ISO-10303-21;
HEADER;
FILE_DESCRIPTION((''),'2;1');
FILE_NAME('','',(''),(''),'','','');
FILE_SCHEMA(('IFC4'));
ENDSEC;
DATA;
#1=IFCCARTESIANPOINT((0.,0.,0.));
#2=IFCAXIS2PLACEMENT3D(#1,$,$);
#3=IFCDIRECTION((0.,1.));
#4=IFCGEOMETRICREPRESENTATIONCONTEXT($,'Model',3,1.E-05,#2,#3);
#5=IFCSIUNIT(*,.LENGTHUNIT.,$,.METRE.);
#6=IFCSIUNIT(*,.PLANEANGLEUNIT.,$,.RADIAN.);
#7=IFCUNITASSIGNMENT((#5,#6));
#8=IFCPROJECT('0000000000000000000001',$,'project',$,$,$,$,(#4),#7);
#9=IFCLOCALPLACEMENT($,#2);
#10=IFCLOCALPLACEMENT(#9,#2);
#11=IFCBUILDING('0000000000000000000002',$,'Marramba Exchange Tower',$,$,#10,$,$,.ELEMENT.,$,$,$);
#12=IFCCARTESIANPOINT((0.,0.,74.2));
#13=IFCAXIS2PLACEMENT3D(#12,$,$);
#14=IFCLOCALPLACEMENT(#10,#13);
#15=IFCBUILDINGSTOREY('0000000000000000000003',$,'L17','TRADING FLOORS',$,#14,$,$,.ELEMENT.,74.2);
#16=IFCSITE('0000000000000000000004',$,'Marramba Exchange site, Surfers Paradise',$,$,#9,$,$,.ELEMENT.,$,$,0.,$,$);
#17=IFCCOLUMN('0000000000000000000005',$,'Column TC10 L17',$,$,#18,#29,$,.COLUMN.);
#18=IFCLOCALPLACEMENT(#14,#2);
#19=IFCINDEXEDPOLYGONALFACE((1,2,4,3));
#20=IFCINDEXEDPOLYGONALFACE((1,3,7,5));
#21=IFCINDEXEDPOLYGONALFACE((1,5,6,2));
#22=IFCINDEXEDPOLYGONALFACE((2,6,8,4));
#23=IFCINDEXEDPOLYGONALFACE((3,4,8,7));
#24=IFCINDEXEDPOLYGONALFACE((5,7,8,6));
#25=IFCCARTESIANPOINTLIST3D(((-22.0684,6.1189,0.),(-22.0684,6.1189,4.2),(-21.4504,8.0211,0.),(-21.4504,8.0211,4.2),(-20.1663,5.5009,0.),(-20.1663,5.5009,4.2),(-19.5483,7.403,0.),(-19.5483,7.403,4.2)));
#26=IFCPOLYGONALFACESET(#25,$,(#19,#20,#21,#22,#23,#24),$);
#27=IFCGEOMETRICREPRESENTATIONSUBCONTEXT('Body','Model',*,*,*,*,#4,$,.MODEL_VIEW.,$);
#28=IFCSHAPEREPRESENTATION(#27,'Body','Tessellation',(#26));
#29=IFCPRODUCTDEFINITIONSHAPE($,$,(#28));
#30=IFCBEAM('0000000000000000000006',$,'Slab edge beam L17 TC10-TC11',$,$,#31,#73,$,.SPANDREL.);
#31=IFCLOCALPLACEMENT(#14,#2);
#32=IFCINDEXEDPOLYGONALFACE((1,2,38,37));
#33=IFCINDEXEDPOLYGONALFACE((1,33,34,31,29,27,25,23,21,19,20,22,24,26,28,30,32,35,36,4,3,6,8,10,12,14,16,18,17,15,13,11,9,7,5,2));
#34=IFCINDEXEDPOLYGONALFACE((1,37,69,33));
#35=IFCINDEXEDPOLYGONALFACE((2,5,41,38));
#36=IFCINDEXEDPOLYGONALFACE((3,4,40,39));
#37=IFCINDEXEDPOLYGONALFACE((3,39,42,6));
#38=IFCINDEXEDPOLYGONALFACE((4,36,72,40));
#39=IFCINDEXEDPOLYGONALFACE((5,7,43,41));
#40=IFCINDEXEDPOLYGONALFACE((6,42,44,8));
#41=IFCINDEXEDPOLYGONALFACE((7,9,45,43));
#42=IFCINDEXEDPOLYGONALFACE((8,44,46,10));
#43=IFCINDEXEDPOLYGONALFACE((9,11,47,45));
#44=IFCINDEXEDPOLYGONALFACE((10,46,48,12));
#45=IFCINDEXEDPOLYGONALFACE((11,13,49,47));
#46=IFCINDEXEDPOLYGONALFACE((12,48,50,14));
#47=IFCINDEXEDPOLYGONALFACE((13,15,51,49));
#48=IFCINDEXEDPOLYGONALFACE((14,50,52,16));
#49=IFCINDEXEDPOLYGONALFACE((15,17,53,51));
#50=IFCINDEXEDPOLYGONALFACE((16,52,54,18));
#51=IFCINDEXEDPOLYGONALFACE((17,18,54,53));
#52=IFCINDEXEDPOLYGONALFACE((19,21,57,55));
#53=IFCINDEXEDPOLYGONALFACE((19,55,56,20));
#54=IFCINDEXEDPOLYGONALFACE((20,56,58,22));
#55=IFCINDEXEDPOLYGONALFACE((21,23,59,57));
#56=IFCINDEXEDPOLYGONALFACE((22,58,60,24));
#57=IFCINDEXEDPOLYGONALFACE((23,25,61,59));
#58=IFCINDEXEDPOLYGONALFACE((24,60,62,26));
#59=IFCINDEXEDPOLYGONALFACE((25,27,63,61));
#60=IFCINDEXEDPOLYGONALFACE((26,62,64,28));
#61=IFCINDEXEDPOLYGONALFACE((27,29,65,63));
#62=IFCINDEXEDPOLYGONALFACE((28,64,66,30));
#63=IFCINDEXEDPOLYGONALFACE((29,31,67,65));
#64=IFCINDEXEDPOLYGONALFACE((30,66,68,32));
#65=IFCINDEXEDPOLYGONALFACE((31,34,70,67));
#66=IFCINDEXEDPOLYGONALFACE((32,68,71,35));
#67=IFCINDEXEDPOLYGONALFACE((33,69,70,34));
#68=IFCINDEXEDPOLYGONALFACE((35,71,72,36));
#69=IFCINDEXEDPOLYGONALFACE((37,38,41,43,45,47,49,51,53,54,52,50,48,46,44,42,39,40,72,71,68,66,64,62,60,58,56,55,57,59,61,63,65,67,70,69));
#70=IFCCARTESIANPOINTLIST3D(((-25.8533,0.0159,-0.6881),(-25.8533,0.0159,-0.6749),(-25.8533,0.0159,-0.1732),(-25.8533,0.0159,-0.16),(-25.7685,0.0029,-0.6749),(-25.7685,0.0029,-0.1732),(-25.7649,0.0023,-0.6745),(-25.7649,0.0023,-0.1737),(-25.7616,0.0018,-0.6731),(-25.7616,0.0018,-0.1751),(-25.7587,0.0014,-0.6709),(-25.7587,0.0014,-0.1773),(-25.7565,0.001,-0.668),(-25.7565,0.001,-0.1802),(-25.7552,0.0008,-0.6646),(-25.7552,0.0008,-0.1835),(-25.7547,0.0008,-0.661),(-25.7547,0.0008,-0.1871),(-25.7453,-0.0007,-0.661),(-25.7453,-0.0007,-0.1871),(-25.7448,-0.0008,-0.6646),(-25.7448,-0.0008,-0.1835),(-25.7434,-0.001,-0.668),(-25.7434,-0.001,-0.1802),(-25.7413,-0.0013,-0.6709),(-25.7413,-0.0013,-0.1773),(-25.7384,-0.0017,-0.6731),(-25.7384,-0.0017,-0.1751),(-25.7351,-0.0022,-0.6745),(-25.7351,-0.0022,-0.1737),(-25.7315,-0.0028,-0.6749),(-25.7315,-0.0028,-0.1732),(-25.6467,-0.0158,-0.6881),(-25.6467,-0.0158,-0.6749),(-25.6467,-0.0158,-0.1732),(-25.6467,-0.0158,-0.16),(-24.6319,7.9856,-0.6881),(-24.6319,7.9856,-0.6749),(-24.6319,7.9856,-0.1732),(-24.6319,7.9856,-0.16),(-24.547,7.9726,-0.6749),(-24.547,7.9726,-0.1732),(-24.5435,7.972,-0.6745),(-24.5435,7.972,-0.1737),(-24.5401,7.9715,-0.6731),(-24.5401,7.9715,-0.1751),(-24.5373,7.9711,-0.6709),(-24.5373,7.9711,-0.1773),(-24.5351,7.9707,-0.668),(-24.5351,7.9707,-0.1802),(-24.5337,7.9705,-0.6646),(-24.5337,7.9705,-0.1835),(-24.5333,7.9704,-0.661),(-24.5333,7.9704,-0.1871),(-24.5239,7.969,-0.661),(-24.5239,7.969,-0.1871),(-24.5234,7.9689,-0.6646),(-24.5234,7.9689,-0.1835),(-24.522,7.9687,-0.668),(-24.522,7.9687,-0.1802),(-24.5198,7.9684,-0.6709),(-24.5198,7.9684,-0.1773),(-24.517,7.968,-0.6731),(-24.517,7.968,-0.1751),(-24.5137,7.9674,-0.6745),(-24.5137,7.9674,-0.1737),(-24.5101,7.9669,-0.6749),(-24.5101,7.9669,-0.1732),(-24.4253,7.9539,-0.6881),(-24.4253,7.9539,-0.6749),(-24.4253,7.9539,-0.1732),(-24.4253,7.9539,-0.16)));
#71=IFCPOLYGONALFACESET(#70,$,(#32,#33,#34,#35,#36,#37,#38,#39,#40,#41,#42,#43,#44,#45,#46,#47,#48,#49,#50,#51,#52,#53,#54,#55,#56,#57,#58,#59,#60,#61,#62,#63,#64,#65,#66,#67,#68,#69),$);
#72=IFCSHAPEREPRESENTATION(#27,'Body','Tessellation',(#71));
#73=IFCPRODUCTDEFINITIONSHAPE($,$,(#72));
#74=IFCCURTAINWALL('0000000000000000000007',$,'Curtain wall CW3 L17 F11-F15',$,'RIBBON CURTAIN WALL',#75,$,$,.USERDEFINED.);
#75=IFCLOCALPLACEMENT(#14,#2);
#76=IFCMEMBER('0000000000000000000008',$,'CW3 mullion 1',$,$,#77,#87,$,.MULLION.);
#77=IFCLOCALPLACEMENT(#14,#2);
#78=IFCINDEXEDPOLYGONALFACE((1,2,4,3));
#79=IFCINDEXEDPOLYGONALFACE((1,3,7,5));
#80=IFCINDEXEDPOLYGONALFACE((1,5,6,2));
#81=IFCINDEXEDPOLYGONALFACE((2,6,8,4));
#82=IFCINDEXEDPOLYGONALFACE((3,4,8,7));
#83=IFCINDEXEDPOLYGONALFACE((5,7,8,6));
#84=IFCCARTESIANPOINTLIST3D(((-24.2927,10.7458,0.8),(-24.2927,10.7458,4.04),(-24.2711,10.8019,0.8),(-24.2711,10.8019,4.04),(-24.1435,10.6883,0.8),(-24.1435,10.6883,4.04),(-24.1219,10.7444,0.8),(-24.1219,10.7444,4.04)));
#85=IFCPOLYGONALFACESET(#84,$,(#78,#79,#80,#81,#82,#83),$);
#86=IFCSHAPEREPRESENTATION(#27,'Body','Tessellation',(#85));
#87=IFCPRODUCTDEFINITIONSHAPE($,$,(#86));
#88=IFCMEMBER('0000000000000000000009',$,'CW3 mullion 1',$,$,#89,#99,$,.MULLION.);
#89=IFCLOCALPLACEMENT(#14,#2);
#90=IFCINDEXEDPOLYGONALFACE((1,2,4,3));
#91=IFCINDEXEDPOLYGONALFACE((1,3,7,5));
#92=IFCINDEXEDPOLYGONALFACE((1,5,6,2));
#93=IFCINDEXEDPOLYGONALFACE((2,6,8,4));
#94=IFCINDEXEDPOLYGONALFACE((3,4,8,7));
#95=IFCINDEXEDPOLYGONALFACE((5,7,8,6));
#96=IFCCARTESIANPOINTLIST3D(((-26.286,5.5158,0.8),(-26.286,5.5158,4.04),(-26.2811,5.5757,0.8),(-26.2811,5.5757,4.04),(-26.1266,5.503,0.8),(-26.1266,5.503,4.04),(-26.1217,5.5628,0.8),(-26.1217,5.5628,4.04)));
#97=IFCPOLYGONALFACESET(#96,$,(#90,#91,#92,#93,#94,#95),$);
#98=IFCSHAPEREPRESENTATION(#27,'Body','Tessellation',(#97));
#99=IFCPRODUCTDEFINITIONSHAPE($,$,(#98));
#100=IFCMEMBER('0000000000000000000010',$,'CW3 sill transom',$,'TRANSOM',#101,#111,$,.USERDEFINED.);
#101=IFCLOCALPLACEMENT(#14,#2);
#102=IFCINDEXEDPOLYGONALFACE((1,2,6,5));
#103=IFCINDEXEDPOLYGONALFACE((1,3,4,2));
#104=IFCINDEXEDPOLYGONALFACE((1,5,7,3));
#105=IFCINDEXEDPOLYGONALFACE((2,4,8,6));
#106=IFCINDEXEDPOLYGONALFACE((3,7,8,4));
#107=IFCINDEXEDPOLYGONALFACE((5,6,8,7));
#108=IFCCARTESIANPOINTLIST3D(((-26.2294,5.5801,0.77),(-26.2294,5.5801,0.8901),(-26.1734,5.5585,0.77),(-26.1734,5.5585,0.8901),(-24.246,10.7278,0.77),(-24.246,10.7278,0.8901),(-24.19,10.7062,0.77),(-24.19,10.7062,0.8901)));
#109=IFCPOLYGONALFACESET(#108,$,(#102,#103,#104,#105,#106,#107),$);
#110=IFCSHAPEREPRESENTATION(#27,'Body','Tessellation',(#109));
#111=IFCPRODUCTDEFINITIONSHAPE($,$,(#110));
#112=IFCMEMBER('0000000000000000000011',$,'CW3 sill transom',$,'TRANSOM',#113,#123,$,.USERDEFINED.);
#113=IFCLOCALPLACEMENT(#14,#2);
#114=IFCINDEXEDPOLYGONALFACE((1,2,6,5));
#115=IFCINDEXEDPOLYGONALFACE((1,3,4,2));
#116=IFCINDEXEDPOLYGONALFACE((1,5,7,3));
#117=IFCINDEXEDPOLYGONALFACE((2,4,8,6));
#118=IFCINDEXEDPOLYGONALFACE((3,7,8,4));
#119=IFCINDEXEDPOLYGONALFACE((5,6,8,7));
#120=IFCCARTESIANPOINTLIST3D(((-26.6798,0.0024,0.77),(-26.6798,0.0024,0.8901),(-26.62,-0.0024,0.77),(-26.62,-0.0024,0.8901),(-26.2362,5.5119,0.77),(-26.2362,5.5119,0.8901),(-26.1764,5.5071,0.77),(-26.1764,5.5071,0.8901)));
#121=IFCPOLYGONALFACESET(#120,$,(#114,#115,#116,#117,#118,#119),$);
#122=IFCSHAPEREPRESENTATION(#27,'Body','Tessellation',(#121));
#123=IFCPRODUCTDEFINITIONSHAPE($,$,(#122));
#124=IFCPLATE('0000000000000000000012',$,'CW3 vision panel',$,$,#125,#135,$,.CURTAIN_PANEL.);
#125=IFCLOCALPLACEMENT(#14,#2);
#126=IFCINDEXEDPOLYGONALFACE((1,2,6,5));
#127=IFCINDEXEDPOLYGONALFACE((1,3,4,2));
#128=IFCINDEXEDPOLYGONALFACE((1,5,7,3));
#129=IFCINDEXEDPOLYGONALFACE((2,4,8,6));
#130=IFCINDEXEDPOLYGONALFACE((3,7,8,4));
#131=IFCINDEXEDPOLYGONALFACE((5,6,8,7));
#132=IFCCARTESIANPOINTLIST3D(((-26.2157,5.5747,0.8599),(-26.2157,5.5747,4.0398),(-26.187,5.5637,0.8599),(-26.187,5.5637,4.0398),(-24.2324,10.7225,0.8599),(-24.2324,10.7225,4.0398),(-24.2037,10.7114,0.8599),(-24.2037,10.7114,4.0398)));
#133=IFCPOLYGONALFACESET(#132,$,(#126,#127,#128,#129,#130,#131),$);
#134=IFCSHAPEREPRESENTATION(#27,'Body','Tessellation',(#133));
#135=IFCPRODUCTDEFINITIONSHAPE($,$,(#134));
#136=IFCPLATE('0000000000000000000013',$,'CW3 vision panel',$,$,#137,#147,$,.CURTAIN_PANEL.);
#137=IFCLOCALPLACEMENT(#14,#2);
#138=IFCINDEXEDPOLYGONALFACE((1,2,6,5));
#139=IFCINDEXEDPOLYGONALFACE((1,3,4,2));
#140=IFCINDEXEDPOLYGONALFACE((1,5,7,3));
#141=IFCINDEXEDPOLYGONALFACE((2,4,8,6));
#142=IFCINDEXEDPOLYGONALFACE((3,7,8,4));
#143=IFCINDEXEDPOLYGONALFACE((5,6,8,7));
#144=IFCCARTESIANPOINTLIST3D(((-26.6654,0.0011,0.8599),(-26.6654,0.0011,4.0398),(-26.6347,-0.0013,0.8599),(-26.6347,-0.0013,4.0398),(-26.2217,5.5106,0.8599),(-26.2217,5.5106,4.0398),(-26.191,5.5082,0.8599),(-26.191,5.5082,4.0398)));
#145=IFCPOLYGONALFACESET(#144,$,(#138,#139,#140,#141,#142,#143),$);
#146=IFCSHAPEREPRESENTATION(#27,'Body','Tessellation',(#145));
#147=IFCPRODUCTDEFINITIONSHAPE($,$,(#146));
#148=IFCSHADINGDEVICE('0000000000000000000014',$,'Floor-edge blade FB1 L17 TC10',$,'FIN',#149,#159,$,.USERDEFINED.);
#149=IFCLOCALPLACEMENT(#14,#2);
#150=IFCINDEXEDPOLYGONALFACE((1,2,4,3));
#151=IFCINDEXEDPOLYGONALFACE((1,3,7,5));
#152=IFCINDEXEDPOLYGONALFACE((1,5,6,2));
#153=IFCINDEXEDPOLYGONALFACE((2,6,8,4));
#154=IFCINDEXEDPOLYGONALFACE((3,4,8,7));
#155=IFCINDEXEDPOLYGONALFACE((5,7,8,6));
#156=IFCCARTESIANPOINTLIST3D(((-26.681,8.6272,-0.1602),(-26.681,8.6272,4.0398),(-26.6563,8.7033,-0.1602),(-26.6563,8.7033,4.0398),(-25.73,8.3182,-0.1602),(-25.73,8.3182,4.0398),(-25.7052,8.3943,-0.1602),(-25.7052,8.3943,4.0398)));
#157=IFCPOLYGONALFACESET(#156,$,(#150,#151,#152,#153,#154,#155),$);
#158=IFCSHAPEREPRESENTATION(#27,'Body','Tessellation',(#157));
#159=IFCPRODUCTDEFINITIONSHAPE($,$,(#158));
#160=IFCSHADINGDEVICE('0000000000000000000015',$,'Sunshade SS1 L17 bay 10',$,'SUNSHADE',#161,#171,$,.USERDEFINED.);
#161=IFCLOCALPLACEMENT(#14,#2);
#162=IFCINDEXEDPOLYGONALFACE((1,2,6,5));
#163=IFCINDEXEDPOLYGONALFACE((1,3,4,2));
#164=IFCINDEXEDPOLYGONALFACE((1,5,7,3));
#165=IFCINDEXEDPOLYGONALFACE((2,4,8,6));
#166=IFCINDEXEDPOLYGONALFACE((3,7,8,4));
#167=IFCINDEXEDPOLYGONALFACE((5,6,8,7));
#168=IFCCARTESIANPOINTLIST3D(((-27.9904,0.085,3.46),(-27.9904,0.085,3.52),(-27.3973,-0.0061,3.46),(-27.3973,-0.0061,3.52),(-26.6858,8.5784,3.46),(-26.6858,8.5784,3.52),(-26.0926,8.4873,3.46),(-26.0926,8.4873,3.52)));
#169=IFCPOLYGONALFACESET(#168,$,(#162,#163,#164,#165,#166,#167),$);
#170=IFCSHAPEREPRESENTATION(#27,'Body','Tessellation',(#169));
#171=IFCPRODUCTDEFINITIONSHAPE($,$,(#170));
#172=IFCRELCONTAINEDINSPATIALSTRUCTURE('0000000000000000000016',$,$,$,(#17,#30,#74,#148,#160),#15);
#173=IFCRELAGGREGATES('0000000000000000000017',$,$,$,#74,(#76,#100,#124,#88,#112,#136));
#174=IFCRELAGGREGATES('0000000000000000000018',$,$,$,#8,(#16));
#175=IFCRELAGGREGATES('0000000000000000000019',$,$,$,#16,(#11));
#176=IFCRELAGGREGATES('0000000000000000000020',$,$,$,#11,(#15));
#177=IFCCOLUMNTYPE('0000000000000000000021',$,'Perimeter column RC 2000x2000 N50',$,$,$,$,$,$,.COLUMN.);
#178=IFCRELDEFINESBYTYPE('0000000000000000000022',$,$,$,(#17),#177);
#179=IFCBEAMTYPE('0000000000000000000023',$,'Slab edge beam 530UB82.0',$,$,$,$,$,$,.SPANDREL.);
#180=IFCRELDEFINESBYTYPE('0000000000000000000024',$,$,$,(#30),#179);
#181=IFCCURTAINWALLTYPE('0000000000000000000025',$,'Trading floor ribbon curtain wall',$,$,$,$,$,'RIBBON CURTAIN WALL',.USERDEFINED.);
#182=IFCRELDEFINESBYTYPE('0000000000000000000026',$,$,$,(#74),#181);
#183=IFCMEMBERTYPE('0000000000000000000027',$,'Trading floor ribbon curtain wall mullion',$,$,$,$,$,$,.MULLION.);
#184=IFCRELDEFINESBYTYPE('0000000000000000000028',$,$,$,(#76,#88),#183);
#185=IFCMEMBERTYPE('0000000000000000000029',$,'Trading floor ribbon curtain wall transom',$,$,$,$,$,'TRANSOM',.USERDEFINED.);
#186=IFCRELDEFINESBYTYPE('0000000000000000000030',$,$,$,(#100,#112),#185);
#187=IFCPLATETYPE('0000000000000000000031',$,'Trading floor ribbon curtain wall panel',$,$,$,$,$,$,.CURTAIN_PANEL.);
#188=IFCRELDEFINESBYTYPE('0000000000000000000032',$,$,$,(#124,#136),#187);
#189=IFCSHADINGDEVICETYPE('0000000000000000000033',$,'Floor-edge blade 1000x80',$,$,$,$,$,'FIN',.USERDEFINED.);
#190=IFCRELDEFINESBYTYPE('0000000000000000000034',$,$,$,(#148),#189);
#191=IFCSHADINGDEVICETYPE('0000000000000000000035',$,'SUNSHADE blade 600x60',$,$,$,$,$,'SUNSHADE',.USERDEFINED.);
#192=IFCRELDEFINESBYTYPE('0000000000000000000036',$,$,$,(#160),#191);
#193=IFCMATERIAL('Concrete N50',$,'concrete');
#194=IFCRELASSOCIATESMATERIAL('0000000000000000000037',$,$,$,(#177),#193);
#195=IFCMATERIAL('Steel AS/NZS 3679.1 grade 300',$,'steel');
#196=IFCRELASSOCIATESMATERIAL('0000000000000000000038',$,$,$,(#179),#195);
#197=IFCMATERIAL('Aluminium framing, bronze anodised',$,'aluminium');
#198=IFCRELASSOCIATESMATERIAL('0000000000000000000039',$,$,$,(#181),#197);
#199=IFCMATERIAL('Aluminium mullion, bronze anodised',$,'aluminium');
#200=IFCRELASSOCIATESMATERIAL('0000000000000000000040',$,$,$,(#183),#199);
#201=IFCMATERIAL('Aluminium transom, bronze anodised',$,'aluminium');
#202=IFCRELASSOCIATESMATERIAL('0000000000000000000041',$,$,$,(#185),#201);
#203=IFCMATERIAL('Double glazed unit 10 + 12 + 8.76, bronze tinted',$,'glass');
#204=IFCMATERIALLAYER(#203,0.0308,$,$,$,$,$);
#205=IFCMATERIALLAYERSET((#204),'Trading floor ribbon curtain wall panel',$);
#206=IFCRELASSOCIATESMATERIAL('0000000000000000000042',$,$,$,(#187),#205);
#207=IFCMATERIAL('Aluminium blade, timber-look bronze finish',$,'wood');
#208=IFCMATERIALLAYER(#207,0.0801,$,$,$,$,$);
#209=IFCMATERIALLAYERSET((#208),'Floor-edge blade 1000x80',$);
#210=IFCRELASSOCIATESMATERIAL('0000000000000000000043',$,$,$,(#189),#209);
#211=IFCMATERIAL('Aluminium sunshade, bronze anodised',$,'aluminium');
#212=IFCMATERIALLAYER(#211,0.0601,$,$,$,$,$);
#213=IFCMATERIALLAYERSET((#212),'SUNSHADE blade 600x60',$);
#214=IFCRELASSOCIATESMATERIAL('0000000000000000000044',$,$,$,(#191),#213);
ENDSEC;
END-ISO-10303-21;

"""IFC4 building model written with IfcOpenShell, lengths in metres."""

from ifc_helpers import new_model, si_unit, direction, frame, origin, origin_2d, place, context, subcontext, project, spatial, rectangle, i_section, extrude, material, layer, layer_set, material_profile, profile_set, type_object, element, aggregate, save


model = new_model("IFC4")

# Units and contexts
model_context = context("Model", 3, precision=1e-05, world=origin(), true_north=direction((0.0, 1.0)))
body_context = subcontext(model_context, "Body", "Model", "MODEL_VIEW")
ifc_project = project(units=[si_unit("LENGTHUNIT", "METRE"), si_unit("PLANEANGLEUNIT", "RADIAN")], contexts=[model_context])

# Site, building, storey
site_placement = place(None, origin())
site = spatial("IfcSite", under=ifc_project, at=site_placement, Name="Marramba Exchange site, Surfers Paradise", CompositionType="ELEMENT", RefElevation=0.0)
building_placement = place(site_placement, origin())
building = spatial("IfcBuilding", under=site, at=building_placement, Name="Marramba Exchange Tower", CompositionType="ELEMENT")
storey_placement = place(building_placement, frame((0.0, 0.0, 74.2)))
storey = spatial("IfcBuildingStorey", under=building, at=storey_placement, Name="L17", Description="TRADING FLOORS", CompositionType="ELEMENT", Elevation=74.2)

# Column
ifc_material_1 = material(Name="Concrete N50", Category="concrete")
ifc_material_profile_1 = material_profile(ifc_material_1, rectangle(XDim=2.0, YDim=2.0, at=origin_2d()), Name="RC 2000x2000")
ifc_profile_set_1 = profile_set([ifc_material_profile_1], Name="Concrete N50")
column_type = type_object("IfcColumnType", Name="Perimeter column RC 2000x2000 N50", PredefinedType="COLUMN", material=ifc_profile_set_1)
column_placement = place(storey_placement, frame((-20.8083, 6.761, 0.0), z_axis=(0.0, 0.0, 1.0), x_axis=(-0.951057, 0.309017, 0.0)))
element("IfcColumn", 1, at=column_placement, inside=storey, type_object=column_type, Name="Column TC10 L17", PredefinedType="COLUMN", context=body_context, shape_type="SweptSolid", body=[
    extrude(rectangle(XDim=2.0, YDim=2.0, at=origin_2d()), origin(), (0.0, 0.0, 1.0), 4.2),
])

# Beam
ifc_material_2 = material(Name="Steel AS/NZS 3679.1 grade 300", Category="steel")
ifc_material_profile_2 = material_profile(ifc_material_2, i_section(OverallWidth=0.209, OverallDepth=0.5281, WebThickness=0.0095, FlangeThickness=0.0132, FilletRadius=0.0139, at=origin_2d()), Name="530UB82.0")
ifc_profile_set_2 = profile_set([ifc_material_profile_2], Name="Steel AS/NZS 3679.1 grade 300")
beam_type = type_object("IfcBeamType", Name="Slab edge beam 530UB82.0", PredefinedType="SPANDREL", material=ifc_profile_set_2)
beam_placement = place(storey_placement, frame((-24.5286, 7.9697, -0.4241), z_axis=(-0.151491, -0.988459, 0.0), x_axis=(0.988459, -0.151491, 0.0)))
element("IfcBeam", 2, at=beam_placement, inside=storey, type_object=beam_type, Name="Slab edge beam L17 TC10-TC11", PredefinedType="SPANDREL", context=body_context, shape_type="SweptSolid", body=[
    extrude(i_section(OverallWidth=0.209, OverallDepth=0.5281, WebThickness=0.0095, FlangeThickness=0.0132, FilletRadius=0.0139, at=origin_2d()), origin(), (0.0, 0.0, 1.0), 8.0627),
])

# Curtain wall, members, plates
ifc_material_3 = material(Name="Aluminium framing, bronze anodised", Category="aluminium")
curtain_wall_type = type_object("IfcCurtainWallType", Name="Trading floor ribbon curtain wall", ElementType="RIBBON CURTAIN WALL", PredefinedType="USERDEFINED", material=ifc_material_3)
curtain_wall_placement = place(storey_placement, origin())
curtain_wall = element("IfcCurtainWall", 3, at=curtain_wall_placement, inside=storey, type_object=curtain_wall_type, Name="Curtain wall CW3 L17 F11-F15", ObjectType="RIBBON CURTAIN WALL", PredefinedType="USERDEFINED")
ifc_material_4 = material(Name="Aluminium mullion, bronze anodised", Category="aluminium")
ifc_material_profile_3 = material_profile(ifc_material_4, rectangle(XDim=0.1599, YDim=0.0601, at=origin_2d()), Name="CW3 mullion 60x160")
ifc_profile_set_3 = profile_set([ifc_material_profile_3], Name="Aluminium mullion, bronze anodised")
member_type_1 = type_object("IfcMemberType", Name="Trading floor ribbon curtain wall mullion", PredefinedType="MULLION", material=ifc_profile_set_3)
member_1_placement = place(storey_placement, frame((-24.2073, 10.7451, 0.8), z_axis=(0.0, 0.0, 1.0), x_axis=(0.933135, -0.359526, 0.0)))
member_1 = element("IfcMember", 4, at=member_1_placement, type_object=member_type_1, Name="CW3 mullion 1", PredefinedType="MULLION", context=body_context, shape_type="SweptSolid", body=[
    extrude(rectangle(XDim=0.1599, YDim=0.0601, at=origin_2d()), origin(), (0.0, 0.0, 1.0), 3.24),
])
member_2_placement = place(storey_placement, frame((-26.2039, 5.5393, 0.8), z_axis=(0.0, 0.0, 1.0), x_axis=(0.996773, -0.080275, 0.0)))
member_2 = element("IfcMember", 5, at=member_2_placement, type_object=member_type_1, Name="CW3 mullion 1", PredefinedType="MULLION", context=body_context, shape_type="SweptSolid", body=[
    extrude(rectangle(XDim=0.1599, YDim=0.0601, at=origin_2d()), origin(), (0.0, 0.0, 1.0), 3.24),
])
ifc_material_5 = material(Name="Aluminium transom, bronze anodised", Category="aluminium")
ifc_material_profile_4 = material_profile(ifc_material_5, rectangle(XDim=0.0601, YDim=0.1201, at=origin_2d()), Name="CW3 transom 60x120")
ifc_profile_set_4 = profile_set([ifc_material_profile_4], Name="Aluminium transom, bronze anodised")
member_type_2 = type_object("IfcMemberType", Name="Trading floor ribbon curtain wall transom", ElementType="TRANSOM", PredefinedType="USERDEFINED", material=ifc_profile_set_4)
member_3_placement = place(storey_placement, frame((-24.218, 10.717, 0.8301), z_axis=(-0.359534, -0.933132, 0.0), x_axis=(0.933132, -0.359534, 0.0)))
member_3 = element("IfcMember", 6, at=member_3_placement, type_object=member_type_2, Name="CW3 sill transom", ObjectType="TRANSOM", PredefinedType="USERDEFINED", context=body_context, shape_type="SweptSolid", body=[
    extrude(rectangle(XDim=0.0601, YDim=0.1201, at=origin_2d()), origin(), (0.0, 0.0, 1.0), 5.5166),
])
member_4_placement = place(storey_placement, frame((-26.2063, 5.5095, 0.8301), z_axis=(-0.080256, -0.996774, 0.0), x_axis=(0.996774, -0.080256, 0.0)))
member_4 = element("IfcMember", 7, at=member_4_placement, type_object=member_type_2, Name="CW3 sill transom", ObjectType="TRANSOM", PredefinedType="USERDEFINED", context=body_context, shape_type="SweptSolid", body=[
    extrude(rectangle(XDim=0.0601, YDim=0.1201, at=origin_2d()), origin(), (0.0, 0.0, 1.0), 5.5273),
])
ifc_material_6 = material(Name="Double glazed unit 10 + 12 + 8.76, bronze tinted", Category="glass")
ifc_layer_1 = layer(ifc_material_6, 0.0308)
ifc_layer_set_1 = layer_set([ifc_layer_1], Name="Trading floor ribbon curtain wall panel")
plate_type = type_object("IfcPlateType", Name="Trading floor ribbon curtain wall panel", PredefinedType="CURTAIN_PANEL", material=ifc_layer_set_1)
plate_1_placement = place(storey_placement, frame((-25.2097, 8.1431, 0.8599), z_axis=(0.0, 0.0, 1.0), x_axis=(-0.359526, -0.933135, 0.0)))
plate_1 = element("IfcPlate", 8, at=plate_1_placement, type_object=plate_type, Name="CW3 vision panel", PredefinedType="CURTAIN_PANEL", context=body_context, shape_type="SweptSolid", body=[
    extrude(rectangle(XDim=5.5166, YDim=0.0308, at=origin_2d()), origin(), (0.0, 0.0, 1.0), 3.1799),
])
plate_2_placement = place(storey_placement, frame((-26.4282, 2.7546, 0.8599), z_axis=(0.0, 0.0, 1.0), x_axis=(-0.080275, -0.996773, 0.0)))
plate_2 = element("IfcPlate", 9, at=plate_2_placement, type_object=plate_type, Name="CW3 vision panel", PredefinedType="CURTAIN_PANEL", context=body_context, shape_type="SweptSolid", body=[
    extrude(rectangle(XDim=5.5273, YDim=0.0308, at=origin_2d()), origin(), (0.0, 0.0, 1.0), 3.1799),
])
aggregate(curtain_wall, [member_1, member_3, plate_1, member_2, member_4, plate_2])

# Shading devices
ifc_material_7 = material(Name="Aluminium blade, timber-look bronze finish", Category="wood")
ifc_layer_2 = layer(ifc_material_7, 0.0801)
ifc_layer_set_2 = layer_set([ifc_layer_2], Name="Floor-edge blade 1000x80")
shading_device_type_1 = type_object("IfcShadingDeviceType", Name="Floor-edge blade 1000x80", ElementType="FIN", PredefinedType="USERDEFINED", material=ifc_layer_set_2)
shading_device_1_placement = place(storey_placement, frame((-26.1931, 8.5107, -0.1602), z_axis=(0.0, 0.0, 1.0), x_axis=(-0.951057, 0.309017, 0.0)))
element("IfcShadingDevice", 10, at=shading_device_1_placement, inside=storey, type_object=shading_device_type_1, Name="Floor-edge blade FB1 L17 TC10", ObjectType="FIN", PredefinedType="USERDEFINED", context=body_context, shape_type="SweptSolid", body=[
    extrude(rectangle(XDim=1.0, YDim=0.0801, at=origin_2d()), origin(), (0.0, 0.0, 1.0), 4.2),
])
ifc_material_8 = material(Name="Aluminium sunshade, bronze anodised", Category="aluminium")
ifc_layer_3 = layer(ifc_material_8, 0.0601)
ifc_layer_set_3 = layer_set([ifc_layer_3], Name="SUNSHADE blade 600x60")
shading_device_type_2 = type_object("IfcShadingDeviceType", Name="SUNSHADE blade 600x60", ElementType="SUNSHADE", PredefinedType="USERDEFINED", material=ifc_layer_set_3)
shading_device_2_placement = place(storey_placement, frame((-27.0415, 4.2861, 3.46), z_axis=(0.0, 0.0, 1.0), x_axis=(-0.151825, -0.988407, 0.0)))
element("IfcShadingDevice", 11, at=shading_device_2_placement, inside=storey, type_object=shading_device_type_2, Name="Sunshade SS1 L17 bay 10", ObjectType="SUNSHADE", PredefinedType="USERDEFINED", context=body_context, shape_type="SweptSolid", body=[
    extrude(rectangle(XDim=8.593, YDim=0.6001, at=origin_2d()), origin(), (0.0, 0.0, 1.0), 0.0601),
])

save(model, "model.ifc")
